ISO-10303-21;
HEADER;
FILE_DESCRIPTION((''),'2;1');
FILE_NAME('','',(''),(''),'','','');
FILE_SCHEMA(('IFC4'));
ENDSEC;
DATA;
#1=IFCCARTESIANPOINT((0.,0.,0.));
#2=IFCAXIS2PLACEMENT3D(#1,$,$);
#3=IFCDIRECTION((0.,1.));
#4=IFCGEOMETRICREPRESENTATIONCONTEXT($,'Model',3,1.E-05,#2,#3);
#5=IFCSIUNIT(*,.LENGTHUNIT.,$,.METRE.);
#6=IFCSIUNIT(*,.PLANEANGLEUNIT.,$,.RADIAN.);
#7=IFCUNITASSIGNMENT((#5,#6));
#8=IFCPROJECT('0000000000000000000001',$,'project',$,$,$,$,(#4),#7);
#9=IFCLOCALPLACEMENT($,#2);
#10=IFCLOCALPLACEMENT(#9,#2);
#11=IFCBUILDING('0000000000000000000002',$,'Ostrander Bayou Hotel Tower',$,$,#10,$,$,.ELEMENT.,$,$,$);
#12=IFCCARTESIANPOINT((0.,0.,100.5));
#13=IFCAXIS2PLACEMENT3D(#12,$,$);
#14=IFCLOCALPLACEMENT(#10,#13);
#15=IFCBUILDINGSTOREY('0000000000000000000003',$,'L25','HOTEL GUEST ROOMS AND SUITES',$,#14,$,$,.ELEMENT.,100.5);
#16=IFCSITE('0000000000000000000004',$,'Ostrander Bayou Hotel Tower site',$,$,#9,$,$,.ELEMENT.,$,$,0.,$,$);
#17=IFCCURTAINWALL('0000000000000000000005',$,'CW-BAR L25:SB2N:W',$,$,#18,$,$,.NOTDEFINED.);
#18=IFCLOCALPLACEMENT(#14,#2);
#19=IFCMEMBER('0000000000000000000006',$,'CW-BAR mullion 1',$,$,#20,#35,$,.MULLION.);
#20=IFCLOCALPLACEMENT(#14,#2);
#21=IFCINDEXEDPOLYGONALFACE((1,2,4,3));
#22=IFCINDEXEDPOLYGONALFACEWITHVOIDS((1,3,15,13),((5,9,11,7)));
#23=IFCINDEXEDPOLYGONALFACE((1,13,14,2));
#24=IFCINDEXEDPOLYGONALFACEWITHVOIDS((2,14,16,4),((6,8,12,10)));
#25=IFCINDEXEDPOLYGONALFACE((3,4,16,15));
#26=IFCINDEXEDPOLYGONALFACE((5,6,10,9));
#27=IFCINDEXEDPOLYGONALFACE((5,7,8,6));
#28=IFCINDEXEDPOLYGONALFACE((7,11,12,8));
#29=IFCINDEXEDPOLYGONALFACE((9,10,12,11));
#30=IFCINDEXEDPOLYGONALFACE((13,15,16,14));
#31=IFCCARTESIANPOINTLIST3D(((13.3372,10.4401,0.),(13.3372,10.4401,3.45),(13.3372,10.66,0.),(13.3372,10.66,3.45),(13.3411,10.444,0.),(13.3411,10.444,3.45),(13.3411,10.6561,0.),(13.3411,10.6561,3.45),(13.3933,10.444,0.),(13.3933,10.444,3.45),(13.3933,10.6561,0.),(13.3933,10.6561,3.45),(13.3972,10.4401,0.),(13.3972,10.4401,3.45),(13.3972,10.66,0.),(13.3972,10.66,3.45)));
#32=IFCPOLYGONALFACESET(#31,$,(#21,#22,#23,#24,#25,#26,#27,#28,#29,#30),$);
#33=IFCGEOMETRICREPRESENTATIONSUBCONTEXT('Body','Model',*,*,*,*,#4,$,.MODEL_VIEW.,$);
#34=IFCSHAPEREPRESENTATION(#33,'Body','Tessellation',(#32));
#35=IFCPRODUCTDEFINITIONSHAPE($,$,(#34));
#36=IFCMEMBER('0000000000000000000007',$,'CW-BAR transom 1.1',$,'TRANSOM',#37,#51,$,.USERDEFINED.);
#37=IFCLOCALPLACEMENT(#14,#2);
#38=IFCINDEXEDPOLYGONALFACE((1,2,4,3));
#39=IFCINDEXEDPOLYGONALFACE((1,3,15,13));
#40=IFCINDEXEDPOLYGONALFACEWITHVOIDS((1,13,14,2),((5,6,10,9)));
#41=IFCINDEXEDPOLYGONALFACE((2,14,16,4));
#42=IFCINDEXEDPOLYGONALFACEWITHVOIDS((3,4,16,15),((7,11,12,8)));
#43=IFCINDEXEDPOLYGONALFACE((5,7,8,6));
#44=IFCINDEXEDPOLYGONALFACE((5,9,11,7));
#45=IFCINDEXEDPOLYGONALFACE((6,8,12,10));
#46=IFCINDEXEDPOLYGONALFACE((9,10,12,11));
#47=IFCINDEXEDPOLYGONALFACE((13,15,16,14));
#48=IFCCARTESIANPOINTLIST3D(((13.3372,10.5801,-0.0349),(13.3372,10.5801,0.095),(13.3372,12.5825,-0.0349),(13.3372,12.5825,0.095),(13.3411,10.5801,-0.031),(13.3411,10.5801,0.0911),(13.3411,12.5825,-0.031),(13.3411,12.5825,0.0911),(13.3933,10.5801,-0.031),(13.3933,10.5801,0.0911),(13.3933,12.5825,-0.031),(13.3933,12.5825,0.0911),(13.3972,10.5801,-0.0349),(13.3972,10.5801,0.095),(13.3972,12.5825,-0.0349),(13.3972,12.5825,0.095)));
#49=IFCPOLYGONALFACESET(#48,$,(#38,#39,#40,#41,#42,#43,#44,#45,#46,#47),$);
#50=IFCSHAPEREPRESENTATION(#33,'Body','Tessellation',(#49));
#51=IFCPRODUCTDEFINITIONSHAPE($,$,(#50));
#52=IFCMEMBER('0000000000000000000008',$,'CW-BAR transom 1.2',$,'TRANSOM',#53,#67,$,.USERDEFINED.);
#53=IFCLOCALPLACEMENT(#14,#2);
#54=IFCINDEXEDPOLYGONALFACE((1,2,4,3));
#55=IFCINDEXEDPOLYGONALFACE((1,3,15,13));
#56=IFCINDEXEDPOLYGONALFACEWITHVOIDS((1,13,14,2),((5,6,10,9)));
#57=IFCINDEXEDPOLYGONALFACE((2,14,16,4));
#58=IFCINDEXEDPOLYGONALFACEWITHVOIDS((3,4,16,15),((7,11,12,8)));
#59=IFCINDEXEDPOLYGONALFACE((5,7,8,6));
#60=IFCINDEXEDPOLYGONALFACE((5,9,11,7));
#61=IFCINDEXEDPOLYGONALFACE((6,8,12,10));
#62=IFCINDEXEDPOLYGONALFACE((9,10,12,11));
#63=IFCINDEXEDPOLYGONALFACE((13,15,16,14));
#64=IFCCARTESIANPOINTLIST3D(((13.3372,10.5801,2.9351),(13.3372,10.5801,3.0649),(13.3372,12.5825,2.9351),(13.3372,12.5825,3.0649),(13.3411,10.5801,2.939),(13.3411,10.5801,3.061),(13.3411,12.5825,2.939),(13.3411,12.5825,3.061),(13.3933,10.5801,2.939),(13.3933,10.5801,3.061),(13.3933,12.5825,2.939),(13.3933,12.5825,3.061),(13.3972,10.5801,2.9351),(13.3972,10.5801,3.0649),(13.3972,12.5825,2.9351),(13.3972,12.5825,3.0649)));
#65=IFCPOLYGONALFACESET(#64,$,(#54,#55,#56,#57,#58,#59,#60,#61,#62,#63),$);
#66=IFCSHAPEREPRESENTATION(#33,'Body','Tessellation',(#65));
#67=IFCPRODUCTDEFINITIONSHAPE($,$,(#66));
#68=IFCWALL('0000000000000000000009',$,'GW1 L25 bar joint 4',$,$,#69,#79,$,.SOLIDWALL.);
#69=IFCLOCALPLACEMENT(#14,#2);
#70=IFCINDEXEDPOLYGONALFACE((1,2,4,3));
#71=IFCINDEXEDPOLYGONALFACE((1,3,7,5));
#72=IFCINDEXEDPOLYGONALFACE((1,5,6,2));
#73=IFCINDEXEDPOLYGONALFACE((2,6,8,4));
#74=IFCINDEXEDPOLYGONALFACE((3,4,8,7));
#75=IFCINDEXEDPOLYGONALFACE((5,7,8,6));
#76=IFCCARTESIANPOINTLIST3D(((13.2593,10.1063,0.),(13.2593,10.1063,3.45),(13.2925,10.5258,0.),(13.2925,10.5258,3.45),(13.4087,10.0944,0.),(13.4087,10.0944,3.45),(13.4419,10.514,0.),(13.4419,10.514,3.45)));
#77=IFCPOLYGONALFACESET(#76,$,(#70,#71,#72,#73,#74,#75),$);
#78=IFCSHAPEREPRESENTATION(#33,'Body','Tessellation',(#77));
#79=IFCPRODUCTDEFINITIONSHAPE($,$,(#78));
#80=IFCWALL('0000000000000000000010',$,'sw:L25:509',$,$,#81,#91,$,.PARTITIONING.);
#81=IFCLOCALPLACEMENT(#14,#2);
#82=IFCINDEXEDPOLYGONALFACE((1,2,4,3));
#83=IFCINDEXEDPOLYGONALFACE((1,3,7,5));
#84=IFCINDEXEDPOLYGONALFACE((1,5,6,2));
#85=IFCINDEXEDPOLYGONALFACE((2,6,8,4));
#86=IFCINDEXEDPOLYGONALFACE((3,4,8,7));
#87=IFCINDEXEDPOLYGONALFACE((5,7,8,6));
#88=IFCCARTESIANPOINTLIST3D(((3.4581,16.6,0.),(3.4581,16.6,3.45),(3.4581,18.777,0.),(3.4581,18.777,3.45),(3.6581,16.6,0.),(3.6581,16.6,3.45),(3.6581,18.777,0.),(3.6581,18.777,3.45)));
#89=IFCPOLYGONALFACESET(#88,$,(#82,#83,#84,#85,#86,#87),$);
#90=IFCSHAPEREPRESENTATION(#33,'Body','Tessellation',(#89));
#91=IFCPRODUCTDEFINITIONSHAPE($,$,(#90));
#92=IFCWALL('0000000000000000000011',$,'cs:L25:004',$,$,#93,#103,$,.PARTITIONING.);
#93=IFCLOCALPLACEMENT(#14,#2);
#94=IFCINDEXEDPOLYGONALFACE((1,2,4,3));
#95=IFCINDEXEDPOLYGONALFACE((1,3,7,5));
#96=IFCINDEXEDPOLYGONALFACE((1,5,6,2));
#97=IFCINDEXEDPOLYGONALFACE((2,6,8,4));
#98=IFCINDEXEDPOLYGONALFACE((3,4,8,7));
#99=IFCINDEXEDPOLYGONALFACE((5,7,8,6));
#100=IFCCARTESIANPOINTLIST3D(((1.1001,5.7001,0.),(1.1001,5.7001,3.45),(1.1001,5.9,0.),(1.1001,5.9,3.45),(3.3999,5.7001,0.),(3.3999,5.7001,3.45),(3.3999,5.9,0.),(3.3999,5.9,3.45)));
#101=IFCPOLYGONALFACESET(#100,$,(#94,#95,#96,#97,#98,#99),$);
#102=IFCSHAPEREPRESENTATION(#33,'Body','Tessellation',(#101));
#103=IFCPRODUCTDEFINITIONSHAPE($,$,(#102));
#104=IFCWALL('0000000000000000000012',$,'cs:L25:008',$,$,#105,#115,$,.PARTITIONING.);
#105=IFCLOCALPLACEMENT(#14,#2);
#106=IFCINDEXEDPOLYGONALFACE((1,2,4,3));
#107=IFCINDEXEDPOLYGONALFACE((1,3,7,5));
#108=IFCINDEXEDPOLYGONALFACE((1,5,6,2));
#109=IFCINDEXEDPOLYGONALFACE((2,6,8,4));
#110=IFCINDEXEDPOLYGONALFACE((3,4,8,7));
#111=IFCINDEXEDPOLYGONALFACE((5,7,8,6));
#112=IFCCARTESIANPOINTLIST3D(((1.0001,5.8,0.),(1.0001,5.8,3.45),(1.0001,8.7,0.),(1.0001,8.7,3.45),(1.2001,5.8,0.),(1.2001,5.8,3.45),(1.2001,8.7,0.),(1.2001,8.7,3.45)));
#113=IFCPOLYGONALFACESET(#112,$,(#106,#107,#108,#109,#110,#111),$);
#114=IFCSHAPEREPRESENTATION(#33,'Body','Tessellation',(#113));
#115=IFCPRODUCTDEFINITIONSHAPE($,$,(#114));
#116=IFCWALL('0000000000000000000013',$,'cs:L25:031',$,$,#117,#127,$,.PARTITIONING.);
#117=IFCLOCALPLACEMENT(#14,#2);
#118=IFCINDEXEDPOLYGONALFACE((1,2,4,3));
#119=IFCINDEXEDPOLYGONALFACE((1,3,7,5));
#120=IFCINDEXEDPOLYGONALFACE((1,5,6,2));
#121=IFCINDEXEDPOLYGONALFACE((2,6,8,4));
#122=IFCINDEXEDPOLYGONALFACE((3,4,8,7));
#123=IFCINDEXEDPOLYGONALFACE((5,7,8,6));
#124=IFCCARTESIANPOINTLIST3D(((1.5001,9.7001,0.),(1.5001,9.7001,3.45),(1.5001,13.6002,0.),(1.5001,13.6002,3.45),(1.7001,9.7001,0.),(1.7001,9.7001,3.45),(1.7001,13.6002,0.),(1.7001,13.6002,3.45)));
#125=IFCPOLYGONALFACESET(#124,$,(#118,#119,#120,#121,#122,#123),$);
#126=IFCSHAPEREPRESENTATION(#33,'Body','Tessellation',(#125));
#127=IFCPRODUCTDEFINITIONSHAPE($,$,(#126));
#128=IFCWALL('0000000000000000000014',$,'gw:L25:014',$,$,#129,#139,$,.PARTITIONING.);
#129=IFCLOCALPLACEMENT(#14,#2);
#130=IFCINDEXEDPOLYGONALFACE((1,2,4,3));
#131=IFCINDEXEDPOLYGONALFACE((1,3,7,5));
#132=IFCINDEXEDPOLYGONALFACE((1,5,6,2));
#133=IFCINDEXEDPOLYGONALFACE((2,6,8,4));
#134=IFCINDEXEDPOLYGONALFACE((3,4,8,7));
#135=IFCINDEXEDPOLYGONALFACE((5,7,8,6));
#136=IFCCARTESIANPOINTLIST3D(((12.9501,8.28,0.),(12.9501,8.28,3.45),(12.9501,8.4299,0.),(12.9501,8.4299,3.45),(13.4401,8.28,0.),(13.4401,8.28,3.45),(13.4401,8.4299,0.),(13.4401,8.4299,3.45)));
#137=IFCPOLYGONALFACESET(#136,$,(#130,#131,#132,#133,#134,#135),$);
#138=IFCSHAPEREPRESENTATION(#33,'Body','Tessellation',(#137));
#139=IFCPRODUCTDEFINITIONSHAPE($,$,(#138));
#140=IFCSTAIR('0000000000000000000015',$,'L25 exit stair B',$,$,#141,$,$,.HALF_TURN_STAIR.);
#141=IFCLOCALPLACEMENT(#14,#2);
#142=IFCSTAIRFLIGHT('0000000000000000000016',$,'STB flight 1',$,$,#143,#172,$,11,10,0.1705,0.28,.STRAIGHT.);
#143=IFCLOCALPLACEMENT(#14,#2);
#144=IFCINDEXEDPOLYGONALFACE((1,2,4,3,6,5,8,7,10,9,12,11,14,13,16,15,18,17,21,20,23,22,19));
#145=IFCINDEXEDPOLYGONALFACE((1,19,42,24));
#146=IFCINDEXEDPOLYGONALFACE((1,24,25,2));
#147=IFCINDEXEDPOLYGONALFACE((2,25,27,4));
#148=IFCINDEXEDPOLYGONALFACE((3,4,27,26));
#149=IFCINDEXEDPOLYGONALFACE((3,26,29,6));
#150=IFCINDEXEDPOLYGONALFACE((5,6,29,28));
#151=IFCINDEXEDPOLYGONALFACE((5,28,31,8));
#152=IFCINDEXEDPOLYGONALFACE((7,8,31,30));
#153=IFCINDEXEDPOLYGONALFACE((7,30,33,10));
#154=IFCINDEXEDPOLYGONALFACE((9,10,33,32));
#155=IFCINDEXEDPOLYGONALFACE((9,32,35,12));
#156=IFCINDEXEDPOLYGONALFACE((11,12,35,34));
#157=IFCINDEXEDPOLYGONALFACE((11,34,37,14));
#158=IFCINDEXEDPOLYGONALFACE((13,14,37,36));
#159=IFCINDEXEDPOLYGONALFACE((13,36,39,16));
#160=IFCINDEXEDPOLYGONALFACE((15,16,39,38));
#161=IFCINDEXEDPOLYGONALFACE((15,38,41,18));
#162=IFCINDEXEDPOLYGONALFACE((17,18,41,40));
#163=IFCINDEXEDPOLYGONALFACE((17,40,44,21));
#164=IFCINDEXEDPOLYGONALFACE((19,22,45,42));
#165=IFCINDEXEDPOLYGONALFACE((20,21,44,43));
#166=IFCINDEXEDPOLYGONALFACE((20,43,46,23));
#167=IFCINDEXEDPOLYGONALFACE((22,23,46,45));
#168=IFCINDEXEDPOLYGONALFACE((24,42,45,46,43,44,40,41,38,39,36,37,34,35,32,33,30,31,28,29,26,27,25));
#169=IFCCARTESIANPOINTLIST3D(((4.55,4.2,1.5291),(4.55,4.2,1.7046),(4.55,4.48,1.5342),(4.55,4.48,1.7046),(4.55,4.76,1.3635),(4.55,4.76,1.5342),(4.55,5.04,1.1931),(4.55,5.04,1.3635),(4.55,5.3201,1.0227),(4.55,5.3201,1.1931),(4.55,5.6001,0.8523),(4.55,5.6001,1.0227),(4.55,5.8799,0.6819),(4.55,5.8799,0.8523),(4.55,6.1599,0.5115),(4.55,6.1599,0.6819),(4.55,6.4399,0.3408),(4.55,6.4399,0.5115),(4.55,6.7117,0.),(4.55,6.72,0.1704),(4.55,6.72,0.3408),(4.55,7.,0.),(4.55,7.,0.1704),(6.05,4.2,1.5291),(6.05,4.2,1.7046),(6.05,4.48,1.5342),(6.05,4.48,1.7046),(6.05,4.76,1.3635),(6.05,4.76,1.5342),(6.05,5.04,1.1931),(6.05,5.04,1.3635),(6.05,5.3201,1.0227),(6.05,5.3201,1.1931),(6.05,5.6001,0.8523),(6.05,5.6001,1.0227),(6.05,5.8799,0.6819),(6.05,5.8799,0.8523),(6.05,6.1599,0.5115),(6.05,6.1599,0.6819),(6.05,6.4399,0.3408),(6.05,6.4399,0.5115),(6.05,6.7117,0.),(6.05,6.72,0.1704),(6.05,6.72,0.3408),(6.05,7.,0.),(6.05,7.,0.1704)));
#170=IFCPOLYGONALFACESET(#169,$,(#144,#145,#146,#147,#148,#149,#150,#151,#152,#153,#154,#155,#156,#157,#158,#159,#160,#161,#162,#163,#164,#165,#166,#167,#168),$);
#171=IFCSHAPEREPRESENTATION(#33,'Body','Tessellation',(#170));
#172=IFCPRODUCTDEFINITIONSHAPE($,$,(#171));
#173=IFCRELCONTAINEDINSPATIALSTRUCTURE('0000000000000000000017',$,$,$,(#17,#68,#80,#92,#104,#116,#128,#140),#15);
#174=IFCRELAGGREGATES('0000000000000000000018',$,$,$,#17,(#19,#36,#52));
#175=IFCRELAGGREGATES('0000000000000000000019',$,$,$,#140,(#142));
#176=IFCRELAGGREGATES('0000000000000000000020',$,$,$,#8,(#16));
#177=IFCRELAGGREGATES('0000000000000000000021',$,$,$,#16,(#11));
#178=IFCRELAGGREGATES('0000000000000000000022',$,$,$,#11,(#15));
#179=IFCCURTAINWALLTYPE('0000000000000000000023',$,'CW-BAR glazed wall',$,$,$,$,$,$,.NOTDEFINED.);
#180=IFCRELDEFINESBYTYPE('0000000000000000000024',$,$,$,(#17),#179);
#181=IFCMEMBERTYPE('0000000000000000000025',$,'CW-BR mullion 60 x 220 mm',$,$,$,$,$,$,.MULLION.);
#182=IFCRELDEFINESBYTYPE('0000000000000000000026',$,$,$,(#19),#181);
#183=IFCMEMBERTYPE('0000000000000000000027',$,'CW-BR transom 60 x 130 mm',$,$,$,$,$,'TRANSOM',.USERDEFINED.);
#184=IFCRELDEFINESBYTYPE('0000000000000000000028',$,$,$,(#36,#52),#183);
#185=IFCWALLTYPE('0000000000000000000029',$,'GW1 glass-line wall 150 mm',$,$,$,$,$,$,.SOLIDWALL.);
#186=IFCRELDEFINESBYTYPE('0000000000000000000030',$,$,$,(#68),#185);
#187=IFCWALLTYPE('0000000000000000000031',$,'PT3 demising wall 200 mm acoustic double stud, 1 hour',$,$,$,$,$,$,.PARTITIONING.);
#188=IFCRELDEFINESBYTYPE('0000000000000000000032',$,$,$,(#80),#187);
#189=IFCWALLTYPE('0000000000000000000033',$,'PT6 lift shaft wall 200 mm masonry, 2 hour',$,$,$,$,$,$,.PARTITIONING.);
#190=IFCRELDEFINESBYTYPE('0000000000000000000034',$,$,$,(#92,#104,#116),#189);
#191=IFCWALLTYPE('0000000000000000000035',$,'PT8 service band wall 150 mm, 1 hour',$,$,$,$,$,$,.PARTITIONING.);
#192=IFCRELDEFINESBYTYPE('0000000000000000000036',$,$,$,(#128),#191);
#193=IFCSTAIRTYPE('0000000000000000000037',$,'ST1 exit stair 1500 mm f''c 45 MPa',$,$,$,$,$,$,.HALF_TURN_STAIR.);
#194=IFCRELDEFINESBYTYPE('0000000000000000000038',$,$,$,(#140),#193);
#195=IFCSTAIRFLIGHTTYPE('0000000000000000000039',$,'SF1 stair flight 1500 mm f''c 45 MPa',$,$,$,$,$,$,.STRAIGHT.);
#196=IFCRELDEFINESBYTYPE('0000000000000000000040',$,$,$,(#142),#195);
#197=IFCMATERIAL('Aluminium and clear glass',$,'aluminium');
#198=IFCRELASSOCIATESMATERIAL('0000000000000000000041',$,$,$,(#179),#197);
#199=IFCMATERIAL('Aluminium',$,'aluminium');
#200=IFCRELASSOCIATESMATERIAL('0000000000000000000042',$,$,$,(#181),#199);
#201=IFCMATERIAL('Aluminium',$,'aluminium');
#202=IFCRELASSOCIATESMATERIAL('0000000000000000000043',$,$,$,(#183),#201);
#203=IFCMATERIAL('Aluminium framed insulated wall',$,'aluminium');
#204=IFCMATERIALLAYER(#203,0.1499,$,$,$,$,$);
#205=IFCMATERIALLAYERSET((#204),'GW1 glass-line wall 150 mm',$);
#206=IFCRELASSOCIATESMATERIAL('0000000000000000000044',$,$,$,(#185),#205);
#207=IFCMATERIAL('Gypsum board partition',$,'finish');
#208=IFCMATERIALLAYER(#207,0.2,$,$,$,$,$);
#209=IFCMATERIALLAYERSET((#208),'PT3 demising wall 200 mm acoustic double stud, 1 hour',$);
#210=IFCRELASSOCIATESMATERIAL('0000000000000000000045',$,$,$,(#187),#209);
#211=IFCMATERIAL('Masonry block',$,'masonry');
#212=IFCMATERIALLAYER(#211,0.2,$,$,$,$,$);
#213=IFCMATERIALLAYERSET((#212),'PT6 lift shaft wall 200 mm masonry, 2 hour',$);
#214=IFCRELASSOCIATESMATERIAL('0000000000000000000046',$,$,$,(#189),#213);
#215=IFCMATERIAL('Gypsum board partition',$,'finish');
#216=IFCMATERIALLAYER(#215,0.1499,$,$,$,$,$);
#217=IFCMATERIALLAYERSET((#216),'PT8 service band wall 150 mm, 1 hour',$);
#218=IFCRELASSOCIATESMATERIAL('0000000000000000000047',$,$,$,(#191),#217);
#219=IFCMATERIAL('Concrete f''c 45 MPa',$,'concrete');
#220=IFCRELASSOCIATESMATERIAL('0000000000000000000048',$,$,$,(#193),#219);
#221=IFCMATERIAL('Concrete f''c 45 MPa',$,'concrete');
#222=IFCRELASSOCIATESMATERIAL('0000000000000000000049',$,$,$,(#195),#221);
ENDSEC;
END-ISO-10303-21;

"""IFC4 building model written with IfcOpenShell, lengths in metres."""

from ifc_helpers import new_model, si_unit, direction, frame, frame_2d, origin, origin_2d, place, context, subcontext, project, spatial, polyline, rectangle, hollow_rectangle, outline, extrude, material, layer, layer_set, material_profile, profile_set, type_object, element, aggregate, save


model = new_model("IFC4")

# Units and contexts
model_context = context("Model", 3, precision=1e-05, world=origin(), true_north=direction((0.0, 1.0)))
body_context = subcontext(model_context, "Body", "Model", "MODEL_VIEW")
ifc_project = project(units=[si_unit("LENGTHUNIT", "METRE"), si_unit("PLANEANGLEUNIT", "RADIAN")], contexts=[model_context])

# Site, building, storey
site_placement = place(None, origin())
site = spatial("IfcSite", under=ifc_project, at=site_placement, Name="Ostrander Bayou Hotel Tower site", CompositionType="ELEMENT", RefElevation=0.0)
building_placement = place(site_placement, origin())
building = spatial("IfcBuilding", under=site, at=building_placement, Name="Ostrander Bayou Hotel Tower", CompositionType="ELEMENT")
storey_placement = place(building_placement, frame((0.0, 0.0, 100.5)))
storey = spatial("IfcBuildingStorey", under=building, at=storey_placement, Name="L25", Description="HOTEL GUEST ROOMS AND SUITES", CompositionType="ELEMENT", Elevation=100.5)

# Curtain wall, members
ifc_material_1 = material(Name="Aluminium and clear glass", Category="aluminium")
curtain_wall_type = type_object("IfcCurtainWallType", Name="CW-BAR glazed wall", PredefinedType="NOTDEFINED", material=ifc_material_1)
curtain_wall_placement = place(storey_placement, origin())
curtain_wall = element("IfcCurtainWall", 1, at=curtain_wall_placement, inside=storey, type_object=curtain_wall_type, Name="CW-BAR L25:SB2N:W", PredefinedType="NOTDEFINED")
ifc_material_2 = material(Name="Aluminium", Category="aluminium")
ifc_material_profile_1 = material_profile(ifc_material_2, hollow_rectangle(XDim=0.0601, YDim=0.22, WallThickness=0.0039, at=origin_2d()))
ifc_profile_set_1 = profile_set([ifc_material_profile_1], Name="Aluminium")
member_type_1 = type_object("IfcMemberType", Name="CW-BR mullion 60 x 220 mm", PredefinedType="MULLION", material=ifc_profile_set_1)
member_1_placement = place(storey_placement, frame((13.3672, 10.55, 0.0), z_axis=(0.0, 0.0, 1.0), x_axis=(-1.0, 0.0, 0.0)))
member_1 = element("IfcMember", 2, at=member_1_placement, type_object=member_type_1, Name="CW-BAR mullion 1", PredefinedType="MULLION", context=body_context, shape_type="SweptSolid", body=[
    extrude(hollow_rectangle(XDim=0.0601, YDim=0.22, WallThickness=0.0039, at=origin_2d()), origin(), (0.0, 0.0, 1.0), 3.45),
])
ifc_material_3 = material(Name="Aluminium", Category="aluminium")
ifc_material_profile_2 = material_profile(ifc_material_3, hollow_rectangle(XDim=0.0601, YDim=0.1299, WallThickness=0.0039, at=origin_2d()))
ifc_profile_set_2 = profile_set([ifc_material_profile_2], Name="Aluminium")
member_type_2 = type_object("IfcMemberType", Name="CW-BR transom 60 x 130 mm", ElementType="TRANSOM", PredefinedType="USERDEFINED", material=ifc_profile_set_2)
member_2_placement = place(storey_placement, frame((13.3672, 10.5801, 0.03), z_axis=(0.0, 1.0, 0.0), x_axis=(-1.0, 0.0, 0.0)))
member_2 = element("IfcMember", 3, at=member_2_placement, type_object=member_type_2, Name="CW-BAR transom 1.1", ObjectType="TRANSOM", PredefinedType="USERDEFINED", context=body_context, shape_type="SweptSolid", body=[
    extrude(hollow_rectangle(XDim=0.0601, YDim=0.1299, WallThickness=0.0039, at=origin_2d()), origin(), (0.0, 0.0, 1.0), 2.0024),
])
member_3_placement = place(storey_placement, frame((13.3672, 10.5801, 3.0), z_axis=(0.0, 1.0, 0.0), x_axis=(-1.0, 0.0, 0.0)))
member_3 = element("IfcMember", 4, at=member_3_placement, type_object=member_type_2, Name="CW-BAR transom 1.2", ObjectType="TRANSOM", PredefinedType="USERDEFINED", context=body_context, shape_type="SweptSolid", body=[
    extrude(hollow_rectangle(XDim=0.0601, YDim=0.1299, WallThickness=0.0039, at=origin_2d()), origin(), (0.0, 0.0, 1.0), 2.0024),
])
aggregate(curtain_wall, [member_1, member_2, member_3])

# Walls
ifc_material_4 = material(Name="Aluminium framed insulated wall", Category="aluminium")
ifc_layer_1 = layer(ifc_material_4, 0.1499)
ifc_layer_set_1 = layer_set([ifc_layer_1], Name="GW1 glass-line wall 150 mm")
wall_type_1 = type_object("IfcWallType", Name="GW1 glass-line wall 150 mm", PredefinedType="SOLIDWALL", material=ifc_layer_set_1)
wall_1_placement = place(storey_placement, frame((13.334, 10.1003, 0.0), z_axis=(0.0, 0.0, 1.0), x_axis=(0.078869, 0.996885, 0.0)))
element("IfcWall", 5, at=wall_1_placement, inside=storey, type_object=wall_type_1, Name="GW1 L25 bar joint 4", PredefinedType="SOLIDWALL", context=body_context, shape_type="SweptSolid", body=[
    extrude(rectangle(XDim=0.4209, YDim=0.1499, at=frame_2d((0.2104, 0.0))), origin(), (0.0, 0.0, 1.0), 3.45),
])
ifc_material_5 = material(Name="Gypsum board partition", Category="finish")
ifc_layer_2 = layer(ifc_material_5, 0.2)
ifc_layer_set_2 = layer_set([ifc_layer_2], Name="PT3 demising wall 200 mm acoustic double stud, 1 hour")
wall_type_2 = type_object("IfcWallType", Name="PT3 demising wall 200 mm acoustic double stud, 1 hour", PredefinedType="PARTITIONING", material=ifc_layer_set_2)
wall_2_placement = place(storey_placement, frame((3.5581, 16.6001, 0.0), z_axis=(0.0, 0.0, 1.0), x_axis=(0.0, 1.0, 0.0)))
element("IfcWall", 6, at=wall_2_placement, inside=storey, type_object=wall_type_2, Name="sw:L25:509", PredefinedType="PARTITIONING", context=body_context, shape_type="SweptSolid", body=[
    extrude(rectangle(XDim=2.177, YDim=0.2, at=frame_2d((1.0884, 0.0))), origin(), (0.0, 0.0, 1.0), 3.45),
])

# Walls
ifc_material_6 = material(Name="Masonry block", Category="masonry")
ifc_layer_3 = layer(ifc_material_6, 0.2)
ifc_layer_set_3 = layer_set([ifc_layer_3], Name="PT6 lift shaft wall 200 mm masonry, 2 hour")
wall_type_3 = type_object("IfcWallType", Name="PT6 lift shaft wall 200 mm masonry, 2 hour", PredefinedType="PARTITIONING", material=ifc_layer_set_3)
wall_3_placement = place(storey_placement, frame((1.1001, 5.8, 0.0), z_axis=(0.0, 0.0, 1.0), x_axis=(1.0, 0.0, 0.0)))
element("IfcWall", 7, at=wall_3_placement, inside=storey, type_object=wall_type_3, Name="cs:L25:004", PredefinedType="PARTITIONING", context=body_context, shape_type="SweptSolid", body=[
    extrude(rectangle(XDim=2.2998, YDim=0.2, at=frame_2d((1.1499, 0.0))), origin(), (0.0, 0.0, 1.0), 3.45),
])
wall_4_placement = place(storey_placement, frame((1.1001, 5.8, 0.0), z_axis=(0.0, 0.0, 1.0), x_axis=(0.0, 1.0, 0.0)))
element("IfcWall", 8, at=wall_4_placement, inside=storey, type_object=wall_type_3, Name="cs:L25:008", PredefinedType="PARTITIONING", context=body_context, shape_type="SweptSolid", body=[
    extrude(rectangle(XDim=2.8999, YDim=0.2, at=frame_2d((1.45, 0.0))), origin(), (0.0, 0.0, 1.0), 3.45),
])
wall_5_placement = place(storey_placement, frame((1.6001, 9.7, 0.0), z_axis=(0.0, 0.0, 1.0), x_axis=(0.0, 1.0, 0.0)))
element("IfcWall", 9, at=wall_5_placement, inside=storey, type_object=wall_type_3, Name="cs:L25:031", PredefinedType="PARTITIONING", context=body_context, shape_type="SweptSolid", body=[
    extrude(rectangle(XDim=3.9001, YDim=0.2, at=frame_2d((1.9502, 0.0))), origin(), (0.0, 0.0, 1.0), 3.45),
])
ifc_material_7 = material(Name="Gypsum board partition", Category="finish")
ifc_layer_4 = layer(ifc_material_7, 0.1499)
ifc_layer_set_4 = layer_set([ifc_layer_4], Name="PT8 service band wall 150 mm, 1 hour")
wall_type_4 = type_object("IfcWallType", Name="PT8 service band wall 150 mm, 1 hour", PredefinedType="PARTITIONING", material=ifc_layer_set_4)
wall_6_placement = place(storey_placement, frame((12.95, 8.355, 0.0), z_axis=(0.0, 0.0, 1.0), x_axis=(1.0, 0.0, 0.0)))
element("IfcWall", 10, at=wall_6_placement, inside=storey, type_object=wall_type_4, Name="gw:L25:014", PredefinedType="PARTITIONING", context=body_context, shape_type="SweptSolid", body=[
    extrude(rectangle(XDim=0.49, YDim=0.1499, at=frame_2d((0.2451, 0.0))), origin(), (0.0, 0.0, 1.0), 3.45),
])

# Stair, stair flight
ifc_material_8 = material(Name="Concrete f'c 45 MPa", Category="concrete")
stair_type = type_object("IfcStairType", Name="ST1 exit stair 1500 mm f'c 45 MPa", PredefinedType="HALF_TURN_STAIR", material=ifc_material_8)
stair_placement = place(storey_placement, origin())
stair = element("IfcStair", 11, at=stair_placement, inside=storey, type_object=stair_type, Name="L25 exit stair B", PredefinedType="HALF_TURN_STAIR")
ifc_material_9 = material(Name="Concrete f'c 45 MPa", Category="concrete")
stair_flight_type = type_object("IfcStairFlightType", Name="SF1 stair flight 1500 mm f'c 45 MPa", PredefinedType="STRAIGHT", material=ifc_material_9)
stair_flight_1_placement = place(storey_placement, frame((5.3, 7.0, 0.0), z_axis=(0.0, 0.0, 1.0), x_axis=(0.0, -1.0, 0.0)))
stair_flight_1 = element("IfcStairFlight", 12, at=stair_flight_1_placement, type_object=stair_flight_type, Name="STB flight 1", NumberOfRisers=11, NumberOfTreads=10, PredefinedType="STRAIGHT", RiserHeight=0.1705, TreadLength=0.28, context=body_context, shape_type="SweptSolid", body=[
    extrude(outline(polyline([(0.0, 0.0), (0.0, 0.1704), (0.28, 0.1704), (0.28, 0.3408), (0.5601, 0.3408), (0.5601, 0.5115), (0.8401, 0.5115), (0.8401, 0.6819), (1.1201, 0.6819), (1.1201, 0.8523), (1.3999, 0.8523), (1.3999, 1.0227), (1.6799, 1.0227), (1.6799, 1.1931), (1.96, 1.1931), (1.96, 1.3635), (2.24, 1.3635), (2.24, 1.5342), (2.52, 1.5342), (2.52, 1.7046), (2.8, 1.7046), (2.8, 1.875), (2.8, 1.5291), (0.2883, 0.0), (0.0, 0.0)])), frame((0.0, 0.75, 0.0), z_axis=(0.0, -1.0, 0.0), x_axis=(1.0, 0.0, 0.0)), (0.0, 0.0, 1.0), 1.5),
])
aggregate(stair, [stair_flight_1])

save(model, "model.ifc")
